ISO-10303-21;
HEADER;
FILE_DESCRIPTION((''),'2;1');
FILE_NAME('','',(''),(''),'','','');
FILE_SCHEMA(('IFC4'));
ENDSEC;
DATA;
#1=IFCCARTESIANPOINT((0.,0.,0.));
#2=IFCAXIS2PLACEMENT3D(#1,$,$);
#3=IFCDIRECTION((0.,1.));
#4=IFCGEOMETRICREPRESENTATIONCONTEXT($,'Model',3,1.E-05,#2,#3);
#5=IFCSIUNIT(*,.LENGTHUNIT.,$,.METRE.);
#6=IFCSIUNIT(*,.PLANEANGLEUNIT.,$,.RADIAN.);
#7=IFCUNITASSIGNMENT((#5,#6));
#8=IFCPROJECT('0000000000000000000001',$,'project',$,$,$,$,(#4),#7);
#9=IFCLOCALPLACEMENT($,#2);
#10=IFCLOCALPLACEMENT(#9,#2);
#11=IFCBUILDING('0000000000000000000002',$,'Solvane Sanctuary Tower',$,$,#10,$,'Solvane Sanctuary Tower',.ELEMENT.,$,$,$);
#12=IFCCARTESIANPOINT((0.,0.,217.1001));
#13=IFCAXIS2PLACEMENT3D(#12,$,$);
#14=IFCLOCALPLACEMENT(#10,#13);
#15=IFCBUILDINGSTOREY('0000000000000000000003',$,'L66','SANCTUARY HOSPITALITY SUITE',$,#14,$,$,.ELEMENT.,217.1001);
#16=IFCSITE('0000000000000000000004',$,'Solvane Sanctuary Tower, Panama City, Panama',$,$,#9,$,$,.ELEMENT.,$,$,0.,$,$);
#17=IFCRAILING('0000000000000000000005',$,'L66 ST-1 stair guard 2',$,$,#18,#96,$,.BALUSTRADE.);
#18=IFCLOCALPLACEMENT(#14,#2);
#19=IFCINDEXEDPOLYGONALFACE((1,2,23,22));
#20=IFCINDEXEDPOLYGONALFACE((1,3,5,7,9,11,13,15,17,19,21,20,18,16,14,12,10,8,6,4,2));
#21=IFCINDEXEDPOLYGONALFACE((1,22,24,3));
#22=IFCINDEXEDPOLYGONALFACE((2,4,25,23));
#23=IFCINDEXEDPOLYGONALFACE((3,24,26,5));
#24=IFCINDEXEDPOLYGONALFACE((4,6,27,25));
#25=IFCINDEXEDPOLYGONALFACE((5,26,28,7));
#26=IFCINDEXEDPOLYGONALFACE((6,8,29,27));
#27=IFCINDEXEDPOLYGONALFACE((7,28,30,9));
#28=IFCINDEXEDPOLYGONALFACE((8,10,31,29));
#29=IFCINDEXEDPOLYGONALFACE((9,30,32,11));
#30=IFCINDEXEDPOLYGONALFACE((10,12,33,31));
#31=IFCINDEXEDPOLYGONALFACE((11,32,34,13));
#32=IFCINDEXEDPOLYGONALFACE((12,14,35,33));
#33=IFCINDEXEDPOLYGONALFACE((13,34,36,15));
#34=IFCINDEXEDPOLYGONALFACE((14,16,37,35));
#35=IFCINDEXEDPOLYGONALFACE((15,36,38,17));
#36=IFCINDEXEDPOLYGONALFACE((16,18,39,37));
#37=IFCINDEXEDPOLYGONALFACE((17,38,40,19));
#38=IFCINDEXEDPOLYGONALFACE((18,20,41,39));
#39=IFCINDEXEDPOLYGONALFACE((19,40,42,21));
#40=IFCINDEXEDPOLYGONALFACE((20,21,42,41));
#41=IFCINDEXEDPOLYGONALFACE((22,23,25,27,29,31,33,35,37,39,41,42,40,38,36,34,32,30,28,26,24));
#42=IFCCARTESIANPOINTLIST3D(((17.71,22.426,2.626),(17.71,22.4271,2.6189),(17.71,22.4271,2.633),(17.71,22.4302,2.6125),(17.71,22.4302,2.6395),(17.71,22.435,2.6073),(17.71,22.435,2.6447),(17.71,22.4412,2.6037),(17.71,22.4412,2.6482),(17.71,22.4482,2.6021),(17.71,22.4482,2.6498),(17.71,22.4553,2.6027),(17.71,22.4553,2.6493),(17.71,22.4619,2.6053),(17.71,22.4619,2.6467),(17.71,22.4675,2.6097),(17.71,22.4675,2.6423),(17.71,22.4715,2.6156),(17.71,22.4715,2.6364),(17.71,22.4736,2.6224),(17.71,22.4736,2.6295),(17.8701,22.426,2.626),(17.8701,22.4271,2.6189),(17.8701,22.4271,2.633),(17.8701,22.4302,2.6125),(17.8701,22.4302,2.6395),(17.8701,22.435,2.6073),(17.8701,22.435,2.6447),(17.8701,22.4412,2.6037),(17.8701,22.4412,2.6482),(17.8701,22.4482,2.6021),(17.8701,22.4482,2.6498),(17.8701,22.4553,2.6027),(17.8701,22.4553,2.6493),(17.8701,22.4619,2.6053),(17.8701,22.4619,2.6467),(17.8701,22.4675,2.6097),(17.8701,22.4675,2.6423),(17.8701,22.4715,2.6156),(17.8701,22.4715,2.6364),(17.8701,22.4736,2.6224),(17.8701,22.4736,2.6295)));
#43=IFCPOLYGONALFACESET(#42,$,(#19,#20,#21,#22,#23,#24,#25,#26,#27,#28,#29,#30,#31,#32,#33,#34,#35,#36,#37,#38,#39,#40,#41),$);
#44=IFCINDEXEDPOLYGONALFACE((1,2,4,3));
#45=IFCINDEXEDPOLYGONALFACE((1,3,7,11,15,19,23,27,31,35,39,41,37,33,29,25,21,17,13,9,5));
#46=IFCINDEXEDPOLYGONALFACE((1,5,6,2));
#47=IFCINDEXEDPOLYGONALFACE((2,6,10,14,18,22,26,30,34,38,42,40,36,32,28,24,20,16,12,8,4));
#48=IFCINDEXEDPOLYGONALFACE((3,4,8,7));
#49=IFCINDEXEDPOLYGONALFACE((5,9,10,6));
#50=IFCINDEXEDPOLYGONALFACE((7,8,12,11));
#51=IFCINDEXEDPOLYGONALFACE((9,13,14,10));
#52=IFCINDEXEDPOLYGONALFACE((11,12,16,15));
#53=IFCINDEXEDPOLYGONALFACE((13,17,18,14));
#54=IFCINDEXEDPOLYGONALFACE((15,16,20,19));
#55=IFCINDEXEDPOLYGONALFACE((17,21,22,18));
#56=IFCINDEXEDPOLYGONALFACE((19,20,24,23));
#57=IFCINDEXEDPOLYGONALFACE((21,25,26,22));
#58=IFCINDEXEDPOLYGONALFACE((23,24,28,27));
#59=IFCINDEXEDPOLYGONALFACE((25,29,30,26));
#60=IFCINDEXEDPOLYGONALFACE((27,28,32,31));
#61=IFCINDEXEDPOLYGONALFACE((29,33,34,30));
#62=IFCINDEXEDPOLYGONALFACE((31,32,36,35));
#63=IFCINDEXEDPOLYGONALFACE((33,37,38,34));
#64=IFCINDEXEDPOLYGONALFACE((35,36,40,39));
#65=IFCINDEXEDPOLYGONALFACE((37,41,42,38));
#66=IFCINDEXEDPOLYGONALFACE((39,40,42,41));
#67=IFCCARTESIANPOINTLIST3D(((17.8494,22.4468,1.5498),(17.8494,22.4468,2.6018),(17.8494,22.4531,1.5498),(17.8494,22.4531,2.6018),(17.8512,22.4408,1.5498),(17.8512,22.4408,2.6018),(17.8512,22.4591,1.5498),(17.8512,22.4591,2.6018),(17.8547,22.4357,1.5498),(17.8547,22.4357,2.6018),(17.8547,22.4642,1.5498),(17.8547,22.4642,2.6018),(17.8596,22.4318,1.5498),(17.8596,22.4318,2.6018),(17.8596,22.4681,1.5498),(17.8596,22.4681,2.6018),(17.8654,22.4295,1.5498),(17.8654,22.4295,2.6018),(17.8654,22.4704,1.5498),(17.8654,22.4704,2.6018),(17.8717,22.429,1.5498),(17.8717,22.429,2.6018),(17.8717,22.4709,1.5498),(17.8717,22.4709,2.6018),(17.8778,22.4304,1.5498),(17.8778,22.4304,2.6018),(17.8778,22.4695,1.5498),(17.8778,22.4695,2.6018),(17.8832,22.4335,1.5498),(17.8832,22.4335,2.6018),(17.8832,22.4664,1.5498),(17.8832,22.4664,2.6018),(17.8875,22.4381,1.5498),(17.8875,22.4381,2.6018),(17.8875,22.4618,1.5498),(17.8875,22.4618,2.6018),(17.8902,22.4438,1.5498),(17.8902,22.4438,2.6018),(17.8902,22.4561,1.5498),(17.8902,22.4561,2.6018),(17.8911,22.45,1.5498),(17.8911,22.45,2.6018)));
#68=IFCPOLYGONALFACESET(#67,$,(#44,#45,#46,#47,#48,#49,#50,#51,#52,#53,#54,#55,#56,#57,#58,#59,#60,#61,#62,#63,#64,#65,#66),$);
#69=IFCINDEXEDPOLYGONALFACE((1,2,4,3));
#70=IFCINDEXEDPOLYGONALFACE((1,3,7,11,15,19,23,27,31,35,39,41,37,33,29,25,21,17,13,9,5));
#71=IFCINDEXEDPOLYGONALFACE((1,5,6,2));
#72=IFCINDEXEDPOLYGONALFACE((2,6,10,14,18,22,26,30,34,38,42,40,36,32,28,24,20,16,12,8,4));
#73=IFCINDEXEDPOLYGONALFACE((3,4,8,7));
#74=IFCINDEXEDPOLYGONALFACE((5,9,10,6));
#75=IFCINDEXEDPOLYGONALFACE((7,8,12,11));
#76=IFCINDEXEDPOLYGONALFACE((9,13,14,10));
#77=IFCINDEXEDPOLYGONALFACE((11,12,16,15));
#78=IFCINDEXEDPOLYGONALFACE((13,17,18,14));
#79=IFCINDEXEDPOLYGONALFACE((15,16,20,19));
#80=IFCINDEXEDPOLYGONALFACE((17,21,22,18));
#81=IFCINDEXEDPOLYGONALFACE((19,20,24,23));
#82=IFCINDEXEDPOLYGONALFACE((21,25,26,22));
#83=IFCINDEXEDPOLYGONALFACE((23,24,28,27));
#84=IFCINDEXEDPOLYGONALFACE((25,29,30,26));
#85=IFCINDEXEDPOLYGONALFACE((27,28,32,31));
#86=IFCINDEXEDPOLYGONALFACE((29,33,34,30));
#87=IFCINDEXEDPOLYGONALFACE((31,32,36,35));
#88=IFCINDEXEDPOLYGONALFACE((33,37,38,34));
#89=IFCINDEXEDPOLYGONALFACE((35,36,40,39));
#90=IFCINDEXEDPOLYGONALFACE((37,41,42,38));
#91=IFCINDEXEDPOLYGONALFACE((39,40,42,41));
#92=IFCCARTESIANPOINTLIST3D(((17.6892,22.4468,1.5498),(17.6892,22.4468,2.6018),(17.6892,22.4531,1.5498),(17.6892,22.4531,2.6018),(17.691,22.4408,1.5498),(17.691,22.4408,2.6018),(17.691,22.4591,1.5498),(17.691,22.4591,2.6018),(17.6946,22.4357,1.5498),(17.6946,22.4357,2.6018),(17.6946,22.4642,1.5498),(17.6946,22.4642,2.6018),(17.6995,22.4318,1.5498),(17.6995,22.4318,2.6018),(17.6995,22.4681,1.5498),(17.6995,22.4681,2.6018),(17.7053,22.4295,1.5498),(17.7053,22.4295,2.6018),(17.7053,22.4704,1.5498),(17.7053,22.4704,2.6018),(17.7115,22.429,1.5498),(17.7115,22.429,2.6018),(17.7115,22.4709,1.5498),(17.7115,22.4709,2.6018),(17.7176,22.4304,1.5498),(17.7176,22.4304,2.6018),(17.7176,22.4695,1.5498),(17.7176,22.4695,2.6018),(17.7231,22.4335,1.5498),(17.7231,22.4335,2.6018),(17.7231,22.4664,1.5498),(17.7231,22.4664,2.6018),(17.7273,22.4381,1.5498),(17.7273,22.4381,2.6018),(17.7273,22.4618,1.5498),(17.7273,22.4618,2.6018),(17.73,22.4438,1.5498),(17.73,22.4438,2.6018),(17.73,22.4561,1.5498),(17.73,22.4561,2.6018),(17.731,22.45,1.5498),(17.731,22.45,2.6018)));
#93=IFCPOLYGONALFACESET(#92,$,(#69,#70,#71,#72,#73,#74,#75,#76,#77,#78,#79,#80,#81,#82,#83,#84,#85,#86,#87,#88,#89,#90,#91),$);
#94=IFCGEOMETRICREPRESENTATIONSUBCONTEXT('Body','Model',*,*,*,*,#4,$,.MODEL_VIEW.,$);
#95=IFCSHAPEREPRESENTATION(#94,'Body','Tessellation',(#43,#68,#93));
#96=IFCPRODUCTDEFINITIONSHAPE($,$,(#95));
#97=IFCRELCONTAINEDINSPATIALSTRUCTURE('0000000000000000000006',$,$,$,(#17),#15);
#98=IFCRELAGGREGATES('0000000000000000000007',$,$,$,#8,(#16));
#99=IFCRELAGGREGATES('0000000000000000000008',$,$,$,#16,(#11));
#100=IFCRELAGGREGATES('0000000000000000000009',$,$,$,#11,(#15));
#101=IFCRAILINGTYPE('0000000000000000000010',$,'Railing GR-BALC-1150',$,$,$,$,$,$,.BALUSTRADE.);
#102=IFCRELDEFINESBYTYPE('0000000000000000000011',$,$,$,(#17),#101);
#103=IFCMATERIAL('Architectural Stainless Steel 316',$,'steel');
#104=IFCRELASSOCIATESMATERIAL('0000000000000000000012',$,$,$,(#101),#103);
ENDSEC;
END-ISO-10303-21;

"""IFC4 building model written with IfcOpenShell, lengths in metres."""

from ifc_helpers import new_model, si_unit, direction, frame, origin, origin_2d, place, context, subcontext, project, spatial, circle, extrude, material, type_object, element, save


model = new_model("IFC4")

# Units and contexts
model_context = context("Model", 3, precision=1e-05, world=origin(), true_north=direction((0.0, 1.0)))
body_context = subcontext(model_context, "Body", "Model", "MODEL_VIEW")
ifc_project = project(units=[si_unit("LENGTHUNIT", "METRE"), si_unit("PLANEANGLEUNIT", "RADIAN")], contexts=[model_context])

# Site, building, storey
site_placement = place(None, origin())
site = spatial("IfcSite", under=ifc_project, at=site_placement, Name="Solvane Sanctuary Tower, Panama City, Panama", CompositionType="ELEMENT", RefElevation=0.0)
building_placement = place(site_placement, origin())
building = spatial("IfcBuilding", under=site, at=building_placement, Name="Solvane Sanctuary Tower", LongName="Solvane Sanctuary Tower", CompositionType="ELEMENT")
storey_placement = place(building_placement, frame((0.0, 0.0, 217.1001)))
storey = spatial("IfcBuildingStorey", under=building, at=storey_placement, Name="L66", Description="SANCTUARY HOSPITALITY SUITE", CompositionType="ELEMENT", Elevation=217.1001)

# Shared definitions
ifc_material_1 = material(Name="Architectural Stainless Steel 316", Category="steel")

# Railing
railing_type_1 = type_object("IfcRailingType", Name="Railing GR-BALC-1150", PredefinedType="BALUSTRADE", material=ifc_material_1)
railing_1_placement = place(storey_placement, frame((17.8701, 22.45, 1.5498)))
element("IfcRailing", 1, at=railing_1_placement, inside=storey, type_object=railing_type_1, Name="L66 ST-1 stair guard 2", PredefinedType="BALUSTRADE", context=body_context, shape_type="SweptSolid", body=[
    extrude(circle(Radius=0.0239, at=origin_2d()), frame((0.0, 0.0, 1.0762), z_axis=(-1.0, 0.0, 0.0), x_axis=(0.0, -1.0, 0.0)), (0.0, 0.0, 1.0), 0.1602),
    extrude(circle(Radius=0.021, at=origin_2d()), origin(), (0.0, 0.0, 1.0), 1.052),
    extrude(circle(Radius=0.021, at=origin_2d()), frame((-0.1602, 0.0, 0.0)), (0.0, 0.0, 1.0), 1.052),
])

save(model, "model.ifc")
